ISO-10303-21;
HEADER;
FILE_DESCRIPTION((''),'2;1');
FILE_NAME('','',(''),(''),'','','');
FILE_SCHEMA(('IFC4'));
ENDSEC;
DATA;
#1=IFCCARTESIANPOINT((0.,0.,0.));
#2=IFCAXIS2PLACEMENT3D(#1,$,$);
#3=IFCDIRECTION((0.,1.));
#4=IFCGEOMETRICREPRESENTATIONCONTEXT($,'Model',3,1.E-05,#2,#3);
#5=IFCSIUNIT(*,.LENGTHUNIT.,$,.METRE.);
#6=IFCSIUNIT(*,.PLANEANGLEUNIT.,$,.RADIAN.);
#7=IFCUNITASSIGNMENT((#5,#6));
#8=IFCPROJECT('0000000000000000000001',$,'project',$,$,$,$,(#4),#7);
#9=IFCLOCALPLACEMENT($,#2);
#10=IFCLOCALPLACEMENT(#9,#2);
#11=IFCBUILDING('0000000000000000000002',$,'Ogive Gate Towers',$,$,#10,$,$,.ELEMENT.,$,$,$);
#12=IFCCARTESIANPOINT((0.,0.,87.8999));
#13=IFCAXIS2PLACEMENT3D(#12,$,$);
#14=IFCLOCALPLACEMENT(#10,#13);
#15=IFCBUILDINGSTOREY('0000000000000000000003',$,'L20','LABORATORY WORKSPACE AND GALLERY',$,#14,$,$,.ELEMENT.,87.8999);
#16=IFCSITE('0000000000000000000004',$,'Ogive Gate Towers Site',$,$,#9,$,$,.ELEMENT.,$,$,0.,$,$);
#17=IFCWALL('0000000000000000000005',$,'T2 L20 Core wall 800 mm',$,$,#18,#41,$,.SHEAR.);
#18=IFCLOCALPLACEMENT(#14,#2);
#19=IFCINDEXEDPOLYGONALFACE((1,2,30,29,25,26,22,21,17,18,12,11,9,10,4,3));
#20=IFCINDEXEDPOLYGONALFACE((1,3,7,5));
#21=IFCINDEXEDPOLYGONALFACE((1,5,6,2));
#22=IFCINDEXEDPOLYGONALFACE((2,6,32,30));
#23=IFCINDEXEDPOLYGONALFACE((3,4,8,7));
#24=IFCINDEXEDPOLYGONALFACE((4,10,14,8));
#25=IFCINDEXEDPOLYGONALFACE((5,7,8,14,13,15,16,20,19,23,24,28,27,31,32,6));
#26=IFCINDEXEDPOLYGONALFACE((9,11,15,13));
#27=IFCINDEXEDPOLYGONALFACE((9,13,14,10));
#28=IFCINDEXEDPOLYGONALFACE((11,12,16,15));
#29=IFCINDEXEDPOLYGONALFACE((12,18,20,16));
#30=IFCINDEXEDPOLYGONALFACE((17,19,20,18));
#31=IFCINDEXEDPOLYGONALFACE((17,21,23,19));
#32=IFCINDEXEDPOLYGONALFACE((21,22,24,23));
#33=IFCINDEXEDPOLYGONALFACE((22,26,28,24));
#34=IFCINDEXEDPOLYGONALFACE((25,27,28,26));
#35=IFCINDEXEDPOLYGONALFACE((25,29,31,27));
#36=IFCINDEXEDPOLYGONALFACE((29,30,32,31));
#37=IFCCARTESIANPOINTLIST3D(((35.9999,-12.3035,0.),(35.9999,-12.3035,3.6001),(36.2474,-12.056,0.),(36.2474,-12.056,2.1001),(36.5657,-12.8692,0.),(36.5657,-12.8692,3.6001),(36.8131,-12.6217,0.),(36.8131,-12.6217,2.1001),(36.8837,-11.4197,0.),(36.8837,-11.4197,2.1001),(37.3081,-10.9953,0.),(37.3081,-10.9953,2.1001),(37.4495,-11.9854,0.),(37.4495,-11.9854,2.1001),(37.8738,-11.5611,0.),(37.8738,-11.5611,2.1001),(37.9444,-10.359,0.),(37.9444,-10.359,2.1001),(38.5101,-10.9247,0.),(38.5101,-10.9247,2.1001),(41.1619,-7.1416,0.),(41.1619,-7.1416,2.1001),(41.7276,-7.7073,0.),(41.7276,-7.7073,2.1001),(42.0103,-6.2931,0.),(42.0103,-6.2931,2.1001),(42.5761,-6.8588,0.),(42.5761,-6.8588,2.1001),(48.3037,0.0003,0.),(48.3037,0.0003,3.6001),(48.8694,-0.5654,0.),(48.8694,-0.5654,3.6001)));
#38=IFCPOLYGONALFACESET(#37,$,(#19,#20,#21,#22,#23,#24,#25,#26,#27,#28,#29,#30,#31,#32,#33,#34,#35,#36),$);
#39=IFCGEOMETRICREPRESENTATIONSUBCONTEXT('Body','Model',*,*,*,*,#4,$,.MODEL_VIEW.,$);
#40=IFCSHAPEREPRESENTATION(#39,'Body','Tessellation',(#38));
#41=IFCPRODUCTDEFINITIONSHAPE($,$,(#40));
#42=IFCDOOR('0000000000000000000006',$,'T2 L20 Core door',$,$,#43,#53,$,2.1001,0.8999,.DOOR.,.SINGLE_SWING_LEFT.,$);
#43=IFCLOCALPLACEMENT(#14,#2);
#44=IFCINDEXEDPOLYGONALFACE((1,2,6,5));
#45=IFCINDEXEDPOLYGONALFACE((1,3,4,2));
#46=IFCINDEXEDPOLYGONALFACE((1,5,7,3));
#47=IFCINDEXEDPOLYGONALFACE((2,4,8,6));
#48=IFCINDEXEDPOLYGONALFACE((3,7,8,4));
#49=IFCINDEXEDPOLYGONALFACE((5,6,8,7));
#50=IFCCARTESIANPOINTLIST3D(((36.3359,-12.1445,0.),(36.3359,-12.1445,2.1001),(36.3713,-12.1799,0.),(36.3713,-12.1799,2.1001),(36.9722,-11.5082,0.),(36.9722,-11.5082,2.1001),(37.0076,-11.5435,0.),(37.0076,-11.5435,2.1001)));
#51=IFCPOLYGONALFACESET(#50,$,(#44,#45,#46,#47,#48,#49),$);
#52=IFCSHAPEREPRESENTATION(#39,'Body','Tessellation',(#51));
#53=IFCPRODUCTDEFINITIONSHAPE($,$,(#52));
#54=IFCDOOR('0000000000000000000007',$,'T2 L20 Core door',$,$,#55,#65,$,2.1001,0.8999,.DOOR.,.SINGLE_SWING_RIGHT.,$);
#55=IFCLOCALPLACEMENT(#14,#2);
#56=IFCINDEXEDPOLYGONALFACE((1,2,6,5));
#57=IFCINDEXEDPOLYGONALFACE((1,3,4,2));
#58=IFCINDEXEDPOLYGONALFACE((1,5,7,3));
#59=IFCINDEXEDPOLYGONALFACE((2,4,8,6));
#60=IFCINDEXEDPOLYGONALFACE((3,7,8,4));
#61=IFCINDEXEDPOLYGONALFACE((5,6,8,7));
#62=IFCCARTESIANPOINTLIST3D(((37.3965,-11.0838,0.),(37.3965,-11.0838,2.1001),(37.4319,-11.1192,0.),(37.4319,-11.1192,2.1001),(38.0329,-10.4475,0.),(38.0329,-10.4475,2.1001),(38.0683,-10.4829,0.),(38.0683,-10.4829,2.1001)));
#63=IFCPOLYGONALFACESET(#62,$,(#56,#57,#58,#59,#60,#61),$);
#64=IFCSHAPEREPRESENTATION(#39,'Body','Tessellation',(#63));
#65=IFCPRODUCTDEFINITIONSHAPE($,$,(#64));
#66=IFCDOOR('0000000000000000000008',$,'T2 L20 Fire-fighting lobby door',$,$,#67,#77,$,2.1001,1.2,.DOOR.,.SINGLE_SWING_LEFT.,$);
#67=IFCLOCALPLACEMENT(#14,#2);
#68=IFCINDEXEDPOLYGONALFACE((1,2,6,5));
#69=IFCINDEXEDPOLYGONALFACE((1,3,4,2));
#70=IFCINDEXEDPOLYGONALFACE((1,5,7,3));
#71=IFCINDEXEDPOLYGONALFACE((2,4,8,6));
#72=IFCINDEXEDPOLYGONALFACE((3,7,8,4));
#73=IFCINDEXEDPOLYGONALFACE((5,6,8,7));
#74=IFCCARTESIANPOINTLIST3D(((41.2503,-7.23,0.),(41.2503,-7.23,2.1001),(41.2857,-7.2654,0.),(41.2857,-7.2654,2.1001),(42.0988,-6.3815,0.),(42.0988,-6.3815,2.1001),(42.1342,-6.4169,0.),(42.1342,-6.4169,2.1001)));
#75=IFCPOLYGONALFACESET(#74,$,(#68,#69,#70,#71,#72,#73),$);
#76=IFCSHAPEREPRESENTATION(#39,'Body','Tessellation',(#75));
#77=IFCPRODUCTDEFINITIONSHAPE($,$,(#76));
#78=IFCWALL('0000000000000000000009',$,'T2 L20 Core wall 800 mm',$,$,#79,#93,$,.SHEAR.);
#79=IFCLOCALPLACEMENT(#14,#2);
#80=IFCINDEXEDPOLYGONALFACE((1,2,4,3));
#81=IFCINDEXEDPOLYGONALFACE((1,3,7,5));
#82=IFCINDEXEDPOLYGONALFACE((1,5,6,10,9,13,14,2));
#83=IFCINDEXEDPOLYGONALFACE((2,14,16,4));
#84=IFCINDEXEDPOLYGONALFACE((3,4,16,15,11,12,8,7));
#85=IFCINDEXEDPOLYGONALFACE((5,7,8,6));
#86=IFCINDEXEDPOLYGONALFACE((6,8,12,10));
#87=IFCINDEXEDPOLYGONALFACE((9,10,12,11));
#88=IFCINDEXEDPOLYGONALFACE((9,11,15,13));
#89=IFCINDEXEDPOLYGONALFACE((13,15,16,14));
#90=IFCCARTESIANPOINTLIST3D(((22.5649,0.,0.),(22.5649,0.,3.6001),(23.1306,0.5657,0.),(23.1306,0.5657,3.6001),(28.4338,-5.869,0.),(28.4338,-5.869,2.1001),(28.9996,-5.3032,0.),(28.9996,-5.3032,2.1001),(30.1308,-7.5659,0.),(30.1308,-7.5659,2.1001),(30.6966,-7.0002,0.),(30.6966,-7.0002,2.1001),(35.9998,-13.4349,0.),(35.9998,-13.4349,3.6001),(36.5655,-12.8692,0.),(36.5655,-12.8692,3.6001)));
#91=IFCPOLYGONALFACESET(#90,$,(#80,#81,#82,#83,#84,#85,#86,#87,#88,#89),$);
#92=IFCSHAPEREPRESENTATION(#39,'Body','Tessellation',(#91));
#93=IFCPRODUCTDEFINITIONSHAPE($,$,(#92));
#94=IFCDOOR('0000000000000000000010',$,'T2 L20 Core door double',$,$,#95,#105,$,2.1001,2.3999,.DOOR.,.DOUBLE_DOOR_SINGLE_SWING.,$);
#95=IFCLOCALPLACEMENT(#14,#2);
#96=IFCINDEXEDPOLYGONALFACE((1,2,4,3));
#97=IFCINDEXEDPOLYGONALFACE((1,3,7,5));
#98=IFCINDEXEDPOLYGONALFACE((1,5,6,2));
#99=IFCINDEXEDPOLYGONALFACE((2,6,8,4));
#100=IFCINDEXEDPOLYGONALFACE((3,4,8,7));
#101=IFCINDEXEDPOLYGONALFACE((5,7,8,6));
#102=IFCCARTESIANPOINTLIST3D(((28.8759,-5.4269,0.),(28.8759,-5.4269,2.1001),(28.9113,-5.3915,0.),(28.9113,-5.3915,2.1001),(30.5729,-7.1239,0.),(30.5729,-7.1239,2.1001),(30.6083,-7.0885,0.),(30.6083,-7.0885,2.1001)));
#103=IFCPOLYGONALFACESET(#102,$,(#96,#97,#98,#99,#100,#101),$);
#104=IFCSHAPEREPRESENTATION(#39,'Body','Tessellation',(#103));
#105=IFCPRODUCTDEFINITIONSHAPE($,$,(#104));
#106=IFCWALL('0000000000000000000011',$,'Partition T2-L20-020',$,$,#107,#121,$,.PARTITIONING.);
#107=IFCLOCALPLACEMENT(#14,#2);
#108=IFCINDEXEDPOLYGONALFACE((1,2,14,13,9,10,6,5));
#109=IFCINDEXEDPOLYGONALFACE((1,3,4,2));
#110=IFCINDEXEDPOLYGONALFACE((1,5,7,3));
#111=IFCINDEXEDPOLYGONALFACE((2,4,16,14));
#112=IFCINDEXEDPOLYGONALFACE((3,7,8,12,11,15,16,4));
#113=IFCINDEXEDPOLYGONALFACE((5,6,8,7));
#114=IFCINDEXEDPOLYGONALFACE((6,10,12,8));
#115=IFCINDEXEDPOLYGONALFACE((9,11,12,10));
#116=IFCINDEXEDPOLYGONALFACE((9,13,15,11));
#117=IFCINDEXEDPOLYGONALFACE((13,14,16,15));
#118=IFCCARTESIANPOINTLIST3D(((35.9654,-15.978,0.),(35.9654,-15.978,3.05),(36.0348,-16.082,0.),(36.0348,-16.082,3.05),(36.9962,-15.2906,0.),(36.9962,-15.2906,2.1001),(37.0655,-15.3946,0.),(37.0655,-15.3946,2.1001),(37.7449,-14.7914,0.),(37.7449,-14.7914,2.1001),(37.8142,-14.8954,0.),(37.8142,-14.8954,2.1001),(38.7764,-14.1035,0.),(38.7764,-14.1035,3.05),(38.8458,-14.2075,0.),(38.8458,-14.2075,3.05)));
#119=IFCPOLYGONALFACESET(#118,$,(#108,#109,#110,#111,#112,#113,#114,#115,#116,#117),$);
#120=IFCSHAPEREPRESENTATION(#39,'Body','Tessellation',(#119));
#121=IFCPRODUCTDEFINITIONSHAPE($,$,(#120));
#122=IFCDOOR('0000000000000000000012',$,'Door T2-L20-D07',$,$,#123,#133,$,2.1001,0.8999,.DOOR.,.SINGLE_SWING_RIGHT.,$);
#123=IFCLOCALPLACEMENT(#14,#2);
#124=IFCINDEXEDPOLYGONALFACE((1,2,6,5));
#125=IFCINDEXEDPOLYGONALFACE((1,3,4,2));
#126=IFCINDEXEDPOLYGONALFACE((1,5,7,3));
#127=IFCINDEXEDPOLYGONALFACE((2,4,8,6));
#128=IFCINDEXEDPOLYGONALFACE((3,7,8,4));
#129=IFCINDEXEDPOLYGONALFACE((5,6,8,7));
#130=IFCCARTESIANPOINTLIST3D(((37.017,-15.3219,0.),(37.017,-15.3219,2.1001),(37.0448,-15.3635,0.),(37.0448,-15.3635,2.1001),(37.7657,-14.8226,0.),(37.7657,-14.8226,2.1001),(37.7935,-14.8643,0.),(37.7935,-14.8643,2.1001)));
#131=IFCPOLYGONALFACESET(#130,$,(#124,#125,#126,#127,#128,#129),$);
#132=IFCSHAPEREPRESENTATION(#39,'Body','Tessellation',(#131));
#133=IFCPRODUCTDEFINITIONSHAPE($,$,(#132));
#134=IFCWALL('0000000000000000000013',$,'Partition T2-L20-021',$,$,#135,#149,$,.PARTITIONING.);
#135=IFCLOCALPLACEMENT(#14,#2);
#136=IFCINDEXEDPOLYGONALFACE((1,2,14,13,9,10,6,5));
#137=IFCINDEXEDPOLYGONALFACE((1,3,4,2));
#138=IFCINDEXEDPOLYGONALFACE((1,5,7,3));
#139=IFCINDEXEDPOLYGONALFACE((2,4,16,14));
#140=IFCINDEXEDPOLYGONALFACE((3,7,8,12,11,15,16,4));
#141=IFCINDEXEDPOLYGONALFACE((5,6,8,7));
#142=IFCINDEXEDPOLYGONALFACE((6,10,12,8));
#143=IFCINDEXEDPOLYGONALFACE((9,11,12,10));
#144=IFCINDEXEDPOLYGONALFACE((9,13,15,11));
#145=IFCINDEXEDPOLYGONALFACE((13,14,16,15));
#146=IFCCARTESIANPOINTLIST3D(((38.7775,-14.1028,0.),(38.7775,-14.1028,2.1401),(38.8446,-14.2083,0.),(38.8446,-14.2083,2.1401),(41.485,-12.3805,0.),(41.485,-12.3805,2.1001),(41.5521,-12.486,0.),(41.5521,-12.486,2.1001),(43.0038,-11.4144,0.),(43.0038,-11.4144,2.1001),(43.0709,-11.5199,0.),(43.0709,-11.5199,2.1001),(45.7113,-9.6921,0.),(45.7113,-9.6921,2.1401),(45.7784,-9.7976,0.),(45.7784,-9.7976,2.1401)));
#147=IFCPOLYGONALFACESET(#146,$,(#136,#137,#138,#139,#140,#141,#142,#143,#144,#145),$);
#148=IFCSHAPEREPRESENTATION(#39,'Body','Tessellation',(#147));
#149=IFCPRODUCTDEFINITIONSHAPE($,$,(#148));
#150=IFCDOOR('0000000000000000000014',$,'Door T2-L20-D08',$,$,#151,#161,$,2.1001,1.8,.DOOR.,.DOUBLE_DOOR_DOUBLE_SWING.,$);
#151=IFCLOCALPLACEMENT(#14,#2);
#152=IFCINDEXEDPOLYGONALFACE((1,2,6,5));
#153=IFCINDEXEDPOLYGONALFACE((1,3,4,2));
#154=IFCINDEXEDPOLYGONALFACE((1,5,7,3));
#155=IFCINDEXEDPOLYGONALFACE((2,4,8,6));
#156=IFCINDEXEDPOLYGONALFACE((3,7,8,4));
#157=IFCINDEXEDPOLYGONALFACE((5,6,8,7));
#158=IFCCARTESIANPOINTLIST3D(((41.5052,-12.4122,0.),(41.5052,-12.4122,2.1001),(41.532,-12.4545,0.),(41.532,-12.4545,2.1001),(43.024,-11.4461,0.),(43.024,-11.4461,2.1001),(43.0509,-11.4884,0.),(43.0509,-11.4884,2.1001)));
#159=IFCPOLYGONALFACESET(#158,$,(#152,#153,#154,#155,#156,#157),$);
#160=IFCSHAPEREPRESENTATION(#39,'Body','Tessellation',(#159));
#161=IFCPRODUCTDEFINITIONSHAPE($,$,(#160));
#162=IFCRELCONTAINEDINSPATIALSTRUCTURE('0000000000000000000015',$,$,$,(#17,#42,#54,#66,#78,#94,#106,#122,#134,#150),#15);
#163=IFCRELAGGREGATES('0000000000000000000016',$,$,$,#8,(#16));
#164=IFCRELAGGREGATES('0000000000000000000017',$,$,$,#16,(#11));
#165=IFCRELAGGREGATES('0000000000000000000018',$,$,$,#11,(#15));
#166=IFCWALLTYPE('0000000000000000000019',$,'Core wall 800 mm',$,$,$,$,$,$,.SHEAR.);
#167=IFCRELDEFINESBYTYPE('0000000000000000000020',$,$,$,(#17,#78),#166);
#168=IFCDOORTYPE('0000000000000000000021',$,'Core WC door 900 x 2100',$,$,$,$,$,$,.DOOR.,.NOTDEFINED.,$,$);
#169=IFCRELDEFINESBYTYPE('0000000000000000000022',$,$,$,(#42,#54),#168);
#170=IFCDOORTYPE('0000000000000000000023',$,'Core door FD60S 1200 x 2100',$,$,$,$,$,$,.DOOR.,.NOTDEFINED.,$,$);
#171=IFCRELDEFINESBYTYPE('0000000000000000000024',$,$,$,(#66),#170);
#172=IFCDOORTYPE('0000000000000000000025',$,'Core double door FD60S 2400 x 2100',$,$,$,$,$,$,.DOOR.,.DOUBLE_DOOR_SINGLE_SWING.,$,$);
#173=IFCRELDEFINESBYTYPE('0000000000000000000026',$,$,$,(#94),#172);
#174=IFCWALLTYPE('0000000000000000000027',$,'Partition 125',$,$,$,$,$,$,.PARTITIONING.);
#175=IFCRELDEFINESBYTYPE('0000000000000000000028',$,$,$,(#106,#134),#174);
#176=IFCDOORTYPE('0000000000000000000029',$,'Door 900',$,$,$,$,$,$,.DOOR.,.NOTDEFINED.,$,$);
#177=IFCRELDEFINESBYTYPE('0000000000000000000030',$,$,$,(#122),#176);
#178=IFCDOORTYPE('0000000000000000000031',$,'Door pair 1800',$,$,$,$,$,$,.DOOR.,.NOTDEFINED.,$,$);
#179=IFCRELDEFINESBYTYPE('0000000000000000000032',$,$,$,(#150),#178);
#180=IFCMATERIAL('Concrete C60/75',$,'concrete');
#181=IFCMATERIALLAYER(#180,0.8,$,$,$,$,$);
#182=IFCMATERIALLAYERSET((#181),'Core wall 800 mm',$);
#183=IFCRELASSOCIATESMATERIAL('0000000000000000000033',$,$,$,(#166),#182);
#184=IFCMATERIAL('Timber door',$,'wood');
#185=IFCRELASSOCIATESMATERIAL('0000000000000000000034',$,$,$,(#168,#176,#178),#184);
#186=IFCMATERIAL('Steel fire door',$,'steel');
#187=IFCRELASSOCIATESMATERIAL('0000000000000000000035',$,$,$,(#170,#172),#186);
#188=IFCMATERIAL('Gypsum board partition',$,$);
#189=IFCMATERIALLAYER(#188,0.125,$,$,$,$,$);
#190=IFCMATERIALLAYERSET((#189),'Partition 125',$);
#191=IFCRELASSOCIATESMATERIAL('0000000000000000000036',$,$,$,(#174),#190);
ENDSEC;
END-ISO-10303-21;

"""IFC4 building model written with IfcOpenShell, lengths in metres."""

from ifc_helpers import new_model, si_unit, direction, frame, frame_2d, origin, place, context, subcontext, project, spatial, rectangle, extrude, material, layer, layer_set, type_object, element, fill, save


model = new_model("IFC4")

# Units and contexts
model_context = context("Model", 3, precision=1e-05, world=origin(), true_north=direction((0.0, 1.0)))
body_context = subcontext(model_context, "Body", "Model", "MODEL_VIEW")
ifc_project = project(units=[si_unit("LENGTHUNIT", "METRE"), si_unit("PLANEANGLEUNIT", "RADIAN")], contexts=[model_context])

# Site, building, storey
site_placement = place(None, origin())
site = spatial("IfcSite", under=ifc_project, at=site_placement, Name="Ogive Gate Towers Site", CompositionType="ELEMENT", RefElevation=0.0)
building_placement = place(site_placement, origin())
building = spatial("IfcBuilding", under=site, at=building_placement, Name="Ogive Gate Towers", CompositionType="ELEMENT")
storey_placement = place(building_placement, frame((0.0, 0.0, 87.8999)))
storey = spatial("IfcBuildingStorey", under=building, at=storey_placement, Name="L20", Description="LABORATORY WORKSPACE AND GALLERY", CompositionType="ELEMENT", Elevation=87.8999)

# Wall, openings, doors
ifc_material_1 = material(Name="Concrete C60/75", Category="concrete")
ifc_layer_1 = layer(ifc_material_1, 0.8)
ifc_layer_set_1 = layer_set([ifc_layer_1], Name="Core wall 800 mm")
wall_type_1 = type_object("IfcWallType", Name="Core wall 800 mm", PredefinedType="SHEAR", material=ifc_layer_set_1)
wall_1_placement = place(storey_placement, frame((36.2827, -12.5864, 0.0), z_axis=(0.0, 0.0, 1.0), x_axis=(0.707107, 0.707107, 0.0)))
wall_1 = element("IfcWall", 1, at=wall_1_placement, inside=storey, type_object=wall_type_1, Name="T2 L20 Core wall 800 mm", PredefinedType="SHEAR", context=body_context, shape_type="SweptSolid", body=[
    extrude(rectangle(XDim=17.4001, YDim=0.8, at=frame_2d((8.7002, 0.0))), origin(), (0.0, 0.0, 1.0), 3.6001),
])
opening_1_placement = place(wall_1_placement, frame((7.3, 0.0, 0.0)))
opening_1 = element("IfcOpeningElement", 2, at=opening_1_placement, cuts=wall_1, PredefinedType="OPENING", context=body_context, shape_type="SweptSolid", body=[
    extrude(rectangle(XDim=1.2, YDim=2.1001, at=frame_2d((0.6001, 1.05))), frame((0.0, 0.4102, 0.0), z_axis=(0.0, -1.0, 0.0), x_axis=(1.0, 0.0, 0.0)), (0.0, 0.0, 1.0), 0.8201),
])
opening_2_placement = place(wall_1_placement, frame((0.3501, 0.0, 0.0)))
opening_2 = element("IfcOpeningElement", 3, at=opening_2_placement, cuts=wall_1, PredefinedType="OPENING", context=body_context, shape_type="SweptSolid", body=[
    extrude(rectangle(XDim=0.8999, YDim=2.1001, at=frame_2d((0.45, 1.05))), frame((0.0, 0.4102, 0.0), z_axis=(0.0, -1.0, 0.0), x_axis=(1.0, 0.0, 0.0)), (0.0, 0.0, 1.0), 0.8201),
])
opening_3_placement = place(wall_1_placement, frame((1.8501, 0.0, 0.0)))
opening_3 = element("IfcOpeningElement", 4, at=opening_3_placement, cuts=wall_1, PredefinedType="OPENING", context=body_context, shape_type="SweptSolid", body=[
    extrude(rectangle(XDim=0.8999, YDim=2.1001, at=frame_2d((0.45, 1.05))), frame((0.0, 0.4102, 0.0), z_axis=(0.0, -1.0, 0.0), x_axis=(1.0, 0.0, 0.0)), (0.0, 0.0, 1.0), 0.8201),
])
ifc_material_2 = material(Name="Timber door", Category="wood")
door_type_1 = type_object("IfcDoorType", Name="Core WC door 900 x 2100", OperationType="NOTDEFINED", PredefinedType="DOOR", material=ifc_material_2)
door_1_placement = place(opening_2_placement, origin())
door_1 = element("IfcDoor", 5, at=door_1_placement, inside=storey, type_object=door_type_1, Name="T2 L20 Core door", OperationType="SINGLE_SWING_LEFT", OverallHeight=2.1001, OverallWidth=0.8999, PredefinedType="DOOR", context=body_context, shape_type="SweptSolid", body=[
    extrude(rectangle(XDim=0.8999, YDim=2.1001, at=frame_2d((0.45, 1.05))), frame((0.0, 0.2749, 0.0), z_axis=(0.0, -1.0, 0.0), x_axis=(1.0, 0.0, 0.0)), (0.0, 0.0, 1.0), 0.05),
])
fill(opening_2, door_1)
door_2_placement = place(opening_3_placement, origin())
door_2 = element("IfcDoor", 6, at=door_2_placement, inside=storey, type_object=door_type_1, Name="T2 L20 Core door", OperationType="SINGLE_SWING_RIGHT", OverallHeight=2.1001, OverallWidth=0.8999, PredefinedType="DOOR", context=body_context, shape_type="SweptSolid", body=[
    extrude(rectangle(XDim=0.8999, YDim=2.1001, at=frame_2d((0.45, 1.05))), frame((0.0, 0.2749, 0.0), z_axis=(0.0, -1.0, 0.0), x_axis=(1.0, 0.0, 0.0)), (0.0, 0.0, 1.0), 0.05),
])
fill(opening_3, door_2)
ifc_material_3 = material(Name="Steel fire door", Category="steel")
door_type_2 = type_object("IfcDoorType", Name="Core door FD60S 1200 x 2100", OperationType="NOTDEFINED", PredefinedType="DOOR", material=ifc_material_3)
door_3_placement = place(opening_1_placement, origin())
door_3 = element("IfcDoor", 7, at=door_3_placement, inside=storey, type_object=door_type_2, Name="T2 L20 Fire-fighting lobby door", OperationType="SINGLE_SWING_LEFT", OverallHeight=2.1001, OverallWidth=1.2, PredefinedType="DOOR", context=body_context, shape_type="SweptSolid", body=[
    extrude(rectangle(XDim=1.2, YDim=2.1001, at=frame_2d((0.6001, 1.05))), frame((0.0, 0.2749, 0.0), z_axis=(0.0, -1.0, 0.0), x_axis=(1.0, 0.0, 0.0)), (0.0, 0.0, 1.0), 0.05),
])
fill(opening_1, door_3)

# Walls, openings, doors
wall_2_placement = place(storey_placement, frame((36.2827, -13.1521, 0.0), z_axis=(0.0, 0.0, 1.0), x_axis=(-0.707107, 0.707107, 0.0)))
wall_2 = element("IfcWall", 8, at=wall_2_placement, inside=storey, type_object=wall_type_1, Name="T2 L20 Core wall 800 mm", PredefinedType="SHEAR", context=body_context, shape_type="SweptSolid", body=[
    extrude(rectangle(XDim=18.9998, YDim=0.8, at=frame_2d((9.5, 0.0))), origin(), (0.0, 0.0, 1.0), 3.6001),
])
opening_4_placement = place(wall_2_placement, frame((8.3, 0.0, 0.0)))
opening_4 = element("IfcOpeningElement", 9, at=opening_4_placement, cuts=wall_2, PredefinedType="OPENING", context=body_context, shape_type="SweptSolid", body=[
    extrude(rectangle(XDim=2.3999, YDim=2.1001, at=frame_2d((1.2, 1.05))), frame((0.0, 0.4102, 0.0), z_axis=(0.0, -1.0, 0.0), x_axis=(1.0, 0.0, 0.0)), (0.0, 0.0, 1.0), 0.8201),
])
door_type_3 = type_object("IfcDoorType", Name="Core double door FD60S 2400 x 2100", OperationType="DOUBLE_DOOR_SINGLE_SWING", PredefinedType="DOOR", material=ifc_material_3)
door_4_placement = place(opening_4_placement, origin())
door_4 = element("IfcDoor", 10, at=door_4_placement, inside=storey, type_object=door_type_3, Name="T2 L20 Core door double", OperationType="DOUBLE_DOOR_SINGLE_SWING", OverallHeight=2.1001, OverallWidth=2.3999, PredefinedType="DOOR", context=body_context, shape_type="SweptSolid", body=[
    extrude(rectangle(XDim=2.3999, YDim=2.1001, at=frame_2d((1.2, 1.05))), frame((0.0, -0.2251, 0.0), z_axis=(0.0, -1.0, 0.0), x_axis=(1.0, 0.0, 0.0)), (0.0, 0.0, 1.0), 0.05),
])
fill(opening_4, door_4)
ifc_material_4 = material(Name="Gypsum board partition")
ifc_layer_2 = layer(ifc_material_4, 0.125)
ifc_layer_set_2 = layer_set([ifc_layer_2], Name="Partition 125")
wall_type_2 = type_object("IfcWallType", Name="Partition 125", PredefinedType="PARTITIONING", material=ifc_layer_set_2)
wall_3_placement = place(storey_placement, frame((36.0, -16.03, 0.0), z_axis=(0.0, 0.0, 1.0), x_axis=(0.831984, 0.5548, 0.0)))
wall_3 = element("IfcWall", 11, at=wall_3_placement, inside=storey, type_object=wall_type_2, Name="Partition T2-L20-020", PredefinedType="PARTITIONING", context=body_context, shape_type="SweptSolid", body=[
    extrude(rectangle(XDim=3.3787, YDim=0.125, at=frame_2d((1.6895, 0.0))), origin(), (0.0, 0.0, 1.0), 3.05),
])
opening_5_placement = place(wall_3_placement, frame((1.239, 0.0, 0.0)))
opening_5 = element("IfcOpeningElement", 12, at=opening_5_placement, cuts=wall_3, PredefinedType="OPENING", context=body_context, shape_type="SweptSolid", body=[
    extrude(rectangle(XDim=0.8999, YDim=2.1001, at=frame_2d((0.45, 1.05))), frame((0.0, 0.0725, 0.0), z_axis=(0.0, -1.0, 0.0), x_axis=(1.0, 0.0, 0.0)), (0.0, 0.0, 1.0), 0.145),
])
door_type_4 = type_object("IfcDoorType", Name="Door 900", OperationType="NOTDEFINED", PredefinedType="DOOR", material=ifc_material_2)
door_5_placement = place(opening_5_placement, origin())
door_5 = element("IfcDoor", 13, at=door_5_placement, inside=storey, type_object=door_type_4, Name="Door T2-L20-D07", OperationType="SINGLE_SWING_RIGHT", OverallHeight=2.1001, OverallWidth=0.8999, PredefinedType="DOOR", context=body_context, shape_type="SweptSolid", body=[
    extrude(rectangle(XDim=0.8999, YDim=2.1001, at=frame_2d((0.45, 1.05))), frame((0.0, 0.0249, 0.0), z_axis=(0.0, -1.0, 0.0), x_axis=(1.0, 0.0, 0.0)), (0.0, 0.0, 1.0), 0.05),
])
fill(opening_5, door_5)
wall_4_placement = place(storey_placement, frame((38.811, -14.1555, 0.0), z_axis=(0.0, 0.0, 1.0), x_axis=(0.843761, 0.53672, 0.0)))
wall_4 = element("IfcWall", 14, at=wall_4_placement, inside=storey, type_object=wall_type_2, Name="Partition T2-L20-021", PredefinedType="PARTITIONING", context=body_context, shape_type="SweptSolid", body=[
    extrude(rectangle(XDim=8.2178, YDim=0.125, at=frame_2d((4.1089, 0.0))), origin(), (0.0, 0.0, 1.0), 2.1401),
])
opening_6_placement = place(wall_4_placement, frame((3.209, 0.0, 0.0)))
opening_6 = element("IfcOpeningElement", 15, at=opening_6_placement, cuts=wall_4, PredefinedType="OPENING", context=body_context, shape_type="SweptSolid", body=[
    extrude(rectangle(XDim=1.8, YDim=2.1001, at=frame_2d((0.8999, 1.05))), frame((0.0, 0.0725, 0.0), z_axis=(0.0, -1.0, 0.0), x_axis=(1.0, 0.0, 0.0)), (0.0, 0.0, 1.0), 0.145),
])
door_type_5 = type_object("IfcDoorType", Name="Door pair 1800", OperationType="NOTDEFINED", PredefinedType="DOOR", material=ifc_material_2)
door_6_placement = place(opening_6_placement, origin())
door_6 = element("IfcDoor", 16, at=door_6_placement, inside=storey, type_object=door_type_5, Name="Door T2-L20-D08", OperationType="DOUBLE_DOOR_DOUBLE_SWING", OverallHeight=2.1001, OverallWidth=1.8, PredefinedType="DOOR", context=body_context, shape_type="SweptSolid", body=[
    extrude(rectangle(XDim=1.8, YDim=2.1001, at=frame_2d((0.8999, 1.05))), frame((0.0, 0.0249, 0.0), z_axis=(0.0, -1.0, 0.0), x_axis=(1.0, 0.0, 0.0)), (0.0, 0.0, 1.0), 0.05),
])
fill(opening_6, door_6)

save(model, "model.ifc")
